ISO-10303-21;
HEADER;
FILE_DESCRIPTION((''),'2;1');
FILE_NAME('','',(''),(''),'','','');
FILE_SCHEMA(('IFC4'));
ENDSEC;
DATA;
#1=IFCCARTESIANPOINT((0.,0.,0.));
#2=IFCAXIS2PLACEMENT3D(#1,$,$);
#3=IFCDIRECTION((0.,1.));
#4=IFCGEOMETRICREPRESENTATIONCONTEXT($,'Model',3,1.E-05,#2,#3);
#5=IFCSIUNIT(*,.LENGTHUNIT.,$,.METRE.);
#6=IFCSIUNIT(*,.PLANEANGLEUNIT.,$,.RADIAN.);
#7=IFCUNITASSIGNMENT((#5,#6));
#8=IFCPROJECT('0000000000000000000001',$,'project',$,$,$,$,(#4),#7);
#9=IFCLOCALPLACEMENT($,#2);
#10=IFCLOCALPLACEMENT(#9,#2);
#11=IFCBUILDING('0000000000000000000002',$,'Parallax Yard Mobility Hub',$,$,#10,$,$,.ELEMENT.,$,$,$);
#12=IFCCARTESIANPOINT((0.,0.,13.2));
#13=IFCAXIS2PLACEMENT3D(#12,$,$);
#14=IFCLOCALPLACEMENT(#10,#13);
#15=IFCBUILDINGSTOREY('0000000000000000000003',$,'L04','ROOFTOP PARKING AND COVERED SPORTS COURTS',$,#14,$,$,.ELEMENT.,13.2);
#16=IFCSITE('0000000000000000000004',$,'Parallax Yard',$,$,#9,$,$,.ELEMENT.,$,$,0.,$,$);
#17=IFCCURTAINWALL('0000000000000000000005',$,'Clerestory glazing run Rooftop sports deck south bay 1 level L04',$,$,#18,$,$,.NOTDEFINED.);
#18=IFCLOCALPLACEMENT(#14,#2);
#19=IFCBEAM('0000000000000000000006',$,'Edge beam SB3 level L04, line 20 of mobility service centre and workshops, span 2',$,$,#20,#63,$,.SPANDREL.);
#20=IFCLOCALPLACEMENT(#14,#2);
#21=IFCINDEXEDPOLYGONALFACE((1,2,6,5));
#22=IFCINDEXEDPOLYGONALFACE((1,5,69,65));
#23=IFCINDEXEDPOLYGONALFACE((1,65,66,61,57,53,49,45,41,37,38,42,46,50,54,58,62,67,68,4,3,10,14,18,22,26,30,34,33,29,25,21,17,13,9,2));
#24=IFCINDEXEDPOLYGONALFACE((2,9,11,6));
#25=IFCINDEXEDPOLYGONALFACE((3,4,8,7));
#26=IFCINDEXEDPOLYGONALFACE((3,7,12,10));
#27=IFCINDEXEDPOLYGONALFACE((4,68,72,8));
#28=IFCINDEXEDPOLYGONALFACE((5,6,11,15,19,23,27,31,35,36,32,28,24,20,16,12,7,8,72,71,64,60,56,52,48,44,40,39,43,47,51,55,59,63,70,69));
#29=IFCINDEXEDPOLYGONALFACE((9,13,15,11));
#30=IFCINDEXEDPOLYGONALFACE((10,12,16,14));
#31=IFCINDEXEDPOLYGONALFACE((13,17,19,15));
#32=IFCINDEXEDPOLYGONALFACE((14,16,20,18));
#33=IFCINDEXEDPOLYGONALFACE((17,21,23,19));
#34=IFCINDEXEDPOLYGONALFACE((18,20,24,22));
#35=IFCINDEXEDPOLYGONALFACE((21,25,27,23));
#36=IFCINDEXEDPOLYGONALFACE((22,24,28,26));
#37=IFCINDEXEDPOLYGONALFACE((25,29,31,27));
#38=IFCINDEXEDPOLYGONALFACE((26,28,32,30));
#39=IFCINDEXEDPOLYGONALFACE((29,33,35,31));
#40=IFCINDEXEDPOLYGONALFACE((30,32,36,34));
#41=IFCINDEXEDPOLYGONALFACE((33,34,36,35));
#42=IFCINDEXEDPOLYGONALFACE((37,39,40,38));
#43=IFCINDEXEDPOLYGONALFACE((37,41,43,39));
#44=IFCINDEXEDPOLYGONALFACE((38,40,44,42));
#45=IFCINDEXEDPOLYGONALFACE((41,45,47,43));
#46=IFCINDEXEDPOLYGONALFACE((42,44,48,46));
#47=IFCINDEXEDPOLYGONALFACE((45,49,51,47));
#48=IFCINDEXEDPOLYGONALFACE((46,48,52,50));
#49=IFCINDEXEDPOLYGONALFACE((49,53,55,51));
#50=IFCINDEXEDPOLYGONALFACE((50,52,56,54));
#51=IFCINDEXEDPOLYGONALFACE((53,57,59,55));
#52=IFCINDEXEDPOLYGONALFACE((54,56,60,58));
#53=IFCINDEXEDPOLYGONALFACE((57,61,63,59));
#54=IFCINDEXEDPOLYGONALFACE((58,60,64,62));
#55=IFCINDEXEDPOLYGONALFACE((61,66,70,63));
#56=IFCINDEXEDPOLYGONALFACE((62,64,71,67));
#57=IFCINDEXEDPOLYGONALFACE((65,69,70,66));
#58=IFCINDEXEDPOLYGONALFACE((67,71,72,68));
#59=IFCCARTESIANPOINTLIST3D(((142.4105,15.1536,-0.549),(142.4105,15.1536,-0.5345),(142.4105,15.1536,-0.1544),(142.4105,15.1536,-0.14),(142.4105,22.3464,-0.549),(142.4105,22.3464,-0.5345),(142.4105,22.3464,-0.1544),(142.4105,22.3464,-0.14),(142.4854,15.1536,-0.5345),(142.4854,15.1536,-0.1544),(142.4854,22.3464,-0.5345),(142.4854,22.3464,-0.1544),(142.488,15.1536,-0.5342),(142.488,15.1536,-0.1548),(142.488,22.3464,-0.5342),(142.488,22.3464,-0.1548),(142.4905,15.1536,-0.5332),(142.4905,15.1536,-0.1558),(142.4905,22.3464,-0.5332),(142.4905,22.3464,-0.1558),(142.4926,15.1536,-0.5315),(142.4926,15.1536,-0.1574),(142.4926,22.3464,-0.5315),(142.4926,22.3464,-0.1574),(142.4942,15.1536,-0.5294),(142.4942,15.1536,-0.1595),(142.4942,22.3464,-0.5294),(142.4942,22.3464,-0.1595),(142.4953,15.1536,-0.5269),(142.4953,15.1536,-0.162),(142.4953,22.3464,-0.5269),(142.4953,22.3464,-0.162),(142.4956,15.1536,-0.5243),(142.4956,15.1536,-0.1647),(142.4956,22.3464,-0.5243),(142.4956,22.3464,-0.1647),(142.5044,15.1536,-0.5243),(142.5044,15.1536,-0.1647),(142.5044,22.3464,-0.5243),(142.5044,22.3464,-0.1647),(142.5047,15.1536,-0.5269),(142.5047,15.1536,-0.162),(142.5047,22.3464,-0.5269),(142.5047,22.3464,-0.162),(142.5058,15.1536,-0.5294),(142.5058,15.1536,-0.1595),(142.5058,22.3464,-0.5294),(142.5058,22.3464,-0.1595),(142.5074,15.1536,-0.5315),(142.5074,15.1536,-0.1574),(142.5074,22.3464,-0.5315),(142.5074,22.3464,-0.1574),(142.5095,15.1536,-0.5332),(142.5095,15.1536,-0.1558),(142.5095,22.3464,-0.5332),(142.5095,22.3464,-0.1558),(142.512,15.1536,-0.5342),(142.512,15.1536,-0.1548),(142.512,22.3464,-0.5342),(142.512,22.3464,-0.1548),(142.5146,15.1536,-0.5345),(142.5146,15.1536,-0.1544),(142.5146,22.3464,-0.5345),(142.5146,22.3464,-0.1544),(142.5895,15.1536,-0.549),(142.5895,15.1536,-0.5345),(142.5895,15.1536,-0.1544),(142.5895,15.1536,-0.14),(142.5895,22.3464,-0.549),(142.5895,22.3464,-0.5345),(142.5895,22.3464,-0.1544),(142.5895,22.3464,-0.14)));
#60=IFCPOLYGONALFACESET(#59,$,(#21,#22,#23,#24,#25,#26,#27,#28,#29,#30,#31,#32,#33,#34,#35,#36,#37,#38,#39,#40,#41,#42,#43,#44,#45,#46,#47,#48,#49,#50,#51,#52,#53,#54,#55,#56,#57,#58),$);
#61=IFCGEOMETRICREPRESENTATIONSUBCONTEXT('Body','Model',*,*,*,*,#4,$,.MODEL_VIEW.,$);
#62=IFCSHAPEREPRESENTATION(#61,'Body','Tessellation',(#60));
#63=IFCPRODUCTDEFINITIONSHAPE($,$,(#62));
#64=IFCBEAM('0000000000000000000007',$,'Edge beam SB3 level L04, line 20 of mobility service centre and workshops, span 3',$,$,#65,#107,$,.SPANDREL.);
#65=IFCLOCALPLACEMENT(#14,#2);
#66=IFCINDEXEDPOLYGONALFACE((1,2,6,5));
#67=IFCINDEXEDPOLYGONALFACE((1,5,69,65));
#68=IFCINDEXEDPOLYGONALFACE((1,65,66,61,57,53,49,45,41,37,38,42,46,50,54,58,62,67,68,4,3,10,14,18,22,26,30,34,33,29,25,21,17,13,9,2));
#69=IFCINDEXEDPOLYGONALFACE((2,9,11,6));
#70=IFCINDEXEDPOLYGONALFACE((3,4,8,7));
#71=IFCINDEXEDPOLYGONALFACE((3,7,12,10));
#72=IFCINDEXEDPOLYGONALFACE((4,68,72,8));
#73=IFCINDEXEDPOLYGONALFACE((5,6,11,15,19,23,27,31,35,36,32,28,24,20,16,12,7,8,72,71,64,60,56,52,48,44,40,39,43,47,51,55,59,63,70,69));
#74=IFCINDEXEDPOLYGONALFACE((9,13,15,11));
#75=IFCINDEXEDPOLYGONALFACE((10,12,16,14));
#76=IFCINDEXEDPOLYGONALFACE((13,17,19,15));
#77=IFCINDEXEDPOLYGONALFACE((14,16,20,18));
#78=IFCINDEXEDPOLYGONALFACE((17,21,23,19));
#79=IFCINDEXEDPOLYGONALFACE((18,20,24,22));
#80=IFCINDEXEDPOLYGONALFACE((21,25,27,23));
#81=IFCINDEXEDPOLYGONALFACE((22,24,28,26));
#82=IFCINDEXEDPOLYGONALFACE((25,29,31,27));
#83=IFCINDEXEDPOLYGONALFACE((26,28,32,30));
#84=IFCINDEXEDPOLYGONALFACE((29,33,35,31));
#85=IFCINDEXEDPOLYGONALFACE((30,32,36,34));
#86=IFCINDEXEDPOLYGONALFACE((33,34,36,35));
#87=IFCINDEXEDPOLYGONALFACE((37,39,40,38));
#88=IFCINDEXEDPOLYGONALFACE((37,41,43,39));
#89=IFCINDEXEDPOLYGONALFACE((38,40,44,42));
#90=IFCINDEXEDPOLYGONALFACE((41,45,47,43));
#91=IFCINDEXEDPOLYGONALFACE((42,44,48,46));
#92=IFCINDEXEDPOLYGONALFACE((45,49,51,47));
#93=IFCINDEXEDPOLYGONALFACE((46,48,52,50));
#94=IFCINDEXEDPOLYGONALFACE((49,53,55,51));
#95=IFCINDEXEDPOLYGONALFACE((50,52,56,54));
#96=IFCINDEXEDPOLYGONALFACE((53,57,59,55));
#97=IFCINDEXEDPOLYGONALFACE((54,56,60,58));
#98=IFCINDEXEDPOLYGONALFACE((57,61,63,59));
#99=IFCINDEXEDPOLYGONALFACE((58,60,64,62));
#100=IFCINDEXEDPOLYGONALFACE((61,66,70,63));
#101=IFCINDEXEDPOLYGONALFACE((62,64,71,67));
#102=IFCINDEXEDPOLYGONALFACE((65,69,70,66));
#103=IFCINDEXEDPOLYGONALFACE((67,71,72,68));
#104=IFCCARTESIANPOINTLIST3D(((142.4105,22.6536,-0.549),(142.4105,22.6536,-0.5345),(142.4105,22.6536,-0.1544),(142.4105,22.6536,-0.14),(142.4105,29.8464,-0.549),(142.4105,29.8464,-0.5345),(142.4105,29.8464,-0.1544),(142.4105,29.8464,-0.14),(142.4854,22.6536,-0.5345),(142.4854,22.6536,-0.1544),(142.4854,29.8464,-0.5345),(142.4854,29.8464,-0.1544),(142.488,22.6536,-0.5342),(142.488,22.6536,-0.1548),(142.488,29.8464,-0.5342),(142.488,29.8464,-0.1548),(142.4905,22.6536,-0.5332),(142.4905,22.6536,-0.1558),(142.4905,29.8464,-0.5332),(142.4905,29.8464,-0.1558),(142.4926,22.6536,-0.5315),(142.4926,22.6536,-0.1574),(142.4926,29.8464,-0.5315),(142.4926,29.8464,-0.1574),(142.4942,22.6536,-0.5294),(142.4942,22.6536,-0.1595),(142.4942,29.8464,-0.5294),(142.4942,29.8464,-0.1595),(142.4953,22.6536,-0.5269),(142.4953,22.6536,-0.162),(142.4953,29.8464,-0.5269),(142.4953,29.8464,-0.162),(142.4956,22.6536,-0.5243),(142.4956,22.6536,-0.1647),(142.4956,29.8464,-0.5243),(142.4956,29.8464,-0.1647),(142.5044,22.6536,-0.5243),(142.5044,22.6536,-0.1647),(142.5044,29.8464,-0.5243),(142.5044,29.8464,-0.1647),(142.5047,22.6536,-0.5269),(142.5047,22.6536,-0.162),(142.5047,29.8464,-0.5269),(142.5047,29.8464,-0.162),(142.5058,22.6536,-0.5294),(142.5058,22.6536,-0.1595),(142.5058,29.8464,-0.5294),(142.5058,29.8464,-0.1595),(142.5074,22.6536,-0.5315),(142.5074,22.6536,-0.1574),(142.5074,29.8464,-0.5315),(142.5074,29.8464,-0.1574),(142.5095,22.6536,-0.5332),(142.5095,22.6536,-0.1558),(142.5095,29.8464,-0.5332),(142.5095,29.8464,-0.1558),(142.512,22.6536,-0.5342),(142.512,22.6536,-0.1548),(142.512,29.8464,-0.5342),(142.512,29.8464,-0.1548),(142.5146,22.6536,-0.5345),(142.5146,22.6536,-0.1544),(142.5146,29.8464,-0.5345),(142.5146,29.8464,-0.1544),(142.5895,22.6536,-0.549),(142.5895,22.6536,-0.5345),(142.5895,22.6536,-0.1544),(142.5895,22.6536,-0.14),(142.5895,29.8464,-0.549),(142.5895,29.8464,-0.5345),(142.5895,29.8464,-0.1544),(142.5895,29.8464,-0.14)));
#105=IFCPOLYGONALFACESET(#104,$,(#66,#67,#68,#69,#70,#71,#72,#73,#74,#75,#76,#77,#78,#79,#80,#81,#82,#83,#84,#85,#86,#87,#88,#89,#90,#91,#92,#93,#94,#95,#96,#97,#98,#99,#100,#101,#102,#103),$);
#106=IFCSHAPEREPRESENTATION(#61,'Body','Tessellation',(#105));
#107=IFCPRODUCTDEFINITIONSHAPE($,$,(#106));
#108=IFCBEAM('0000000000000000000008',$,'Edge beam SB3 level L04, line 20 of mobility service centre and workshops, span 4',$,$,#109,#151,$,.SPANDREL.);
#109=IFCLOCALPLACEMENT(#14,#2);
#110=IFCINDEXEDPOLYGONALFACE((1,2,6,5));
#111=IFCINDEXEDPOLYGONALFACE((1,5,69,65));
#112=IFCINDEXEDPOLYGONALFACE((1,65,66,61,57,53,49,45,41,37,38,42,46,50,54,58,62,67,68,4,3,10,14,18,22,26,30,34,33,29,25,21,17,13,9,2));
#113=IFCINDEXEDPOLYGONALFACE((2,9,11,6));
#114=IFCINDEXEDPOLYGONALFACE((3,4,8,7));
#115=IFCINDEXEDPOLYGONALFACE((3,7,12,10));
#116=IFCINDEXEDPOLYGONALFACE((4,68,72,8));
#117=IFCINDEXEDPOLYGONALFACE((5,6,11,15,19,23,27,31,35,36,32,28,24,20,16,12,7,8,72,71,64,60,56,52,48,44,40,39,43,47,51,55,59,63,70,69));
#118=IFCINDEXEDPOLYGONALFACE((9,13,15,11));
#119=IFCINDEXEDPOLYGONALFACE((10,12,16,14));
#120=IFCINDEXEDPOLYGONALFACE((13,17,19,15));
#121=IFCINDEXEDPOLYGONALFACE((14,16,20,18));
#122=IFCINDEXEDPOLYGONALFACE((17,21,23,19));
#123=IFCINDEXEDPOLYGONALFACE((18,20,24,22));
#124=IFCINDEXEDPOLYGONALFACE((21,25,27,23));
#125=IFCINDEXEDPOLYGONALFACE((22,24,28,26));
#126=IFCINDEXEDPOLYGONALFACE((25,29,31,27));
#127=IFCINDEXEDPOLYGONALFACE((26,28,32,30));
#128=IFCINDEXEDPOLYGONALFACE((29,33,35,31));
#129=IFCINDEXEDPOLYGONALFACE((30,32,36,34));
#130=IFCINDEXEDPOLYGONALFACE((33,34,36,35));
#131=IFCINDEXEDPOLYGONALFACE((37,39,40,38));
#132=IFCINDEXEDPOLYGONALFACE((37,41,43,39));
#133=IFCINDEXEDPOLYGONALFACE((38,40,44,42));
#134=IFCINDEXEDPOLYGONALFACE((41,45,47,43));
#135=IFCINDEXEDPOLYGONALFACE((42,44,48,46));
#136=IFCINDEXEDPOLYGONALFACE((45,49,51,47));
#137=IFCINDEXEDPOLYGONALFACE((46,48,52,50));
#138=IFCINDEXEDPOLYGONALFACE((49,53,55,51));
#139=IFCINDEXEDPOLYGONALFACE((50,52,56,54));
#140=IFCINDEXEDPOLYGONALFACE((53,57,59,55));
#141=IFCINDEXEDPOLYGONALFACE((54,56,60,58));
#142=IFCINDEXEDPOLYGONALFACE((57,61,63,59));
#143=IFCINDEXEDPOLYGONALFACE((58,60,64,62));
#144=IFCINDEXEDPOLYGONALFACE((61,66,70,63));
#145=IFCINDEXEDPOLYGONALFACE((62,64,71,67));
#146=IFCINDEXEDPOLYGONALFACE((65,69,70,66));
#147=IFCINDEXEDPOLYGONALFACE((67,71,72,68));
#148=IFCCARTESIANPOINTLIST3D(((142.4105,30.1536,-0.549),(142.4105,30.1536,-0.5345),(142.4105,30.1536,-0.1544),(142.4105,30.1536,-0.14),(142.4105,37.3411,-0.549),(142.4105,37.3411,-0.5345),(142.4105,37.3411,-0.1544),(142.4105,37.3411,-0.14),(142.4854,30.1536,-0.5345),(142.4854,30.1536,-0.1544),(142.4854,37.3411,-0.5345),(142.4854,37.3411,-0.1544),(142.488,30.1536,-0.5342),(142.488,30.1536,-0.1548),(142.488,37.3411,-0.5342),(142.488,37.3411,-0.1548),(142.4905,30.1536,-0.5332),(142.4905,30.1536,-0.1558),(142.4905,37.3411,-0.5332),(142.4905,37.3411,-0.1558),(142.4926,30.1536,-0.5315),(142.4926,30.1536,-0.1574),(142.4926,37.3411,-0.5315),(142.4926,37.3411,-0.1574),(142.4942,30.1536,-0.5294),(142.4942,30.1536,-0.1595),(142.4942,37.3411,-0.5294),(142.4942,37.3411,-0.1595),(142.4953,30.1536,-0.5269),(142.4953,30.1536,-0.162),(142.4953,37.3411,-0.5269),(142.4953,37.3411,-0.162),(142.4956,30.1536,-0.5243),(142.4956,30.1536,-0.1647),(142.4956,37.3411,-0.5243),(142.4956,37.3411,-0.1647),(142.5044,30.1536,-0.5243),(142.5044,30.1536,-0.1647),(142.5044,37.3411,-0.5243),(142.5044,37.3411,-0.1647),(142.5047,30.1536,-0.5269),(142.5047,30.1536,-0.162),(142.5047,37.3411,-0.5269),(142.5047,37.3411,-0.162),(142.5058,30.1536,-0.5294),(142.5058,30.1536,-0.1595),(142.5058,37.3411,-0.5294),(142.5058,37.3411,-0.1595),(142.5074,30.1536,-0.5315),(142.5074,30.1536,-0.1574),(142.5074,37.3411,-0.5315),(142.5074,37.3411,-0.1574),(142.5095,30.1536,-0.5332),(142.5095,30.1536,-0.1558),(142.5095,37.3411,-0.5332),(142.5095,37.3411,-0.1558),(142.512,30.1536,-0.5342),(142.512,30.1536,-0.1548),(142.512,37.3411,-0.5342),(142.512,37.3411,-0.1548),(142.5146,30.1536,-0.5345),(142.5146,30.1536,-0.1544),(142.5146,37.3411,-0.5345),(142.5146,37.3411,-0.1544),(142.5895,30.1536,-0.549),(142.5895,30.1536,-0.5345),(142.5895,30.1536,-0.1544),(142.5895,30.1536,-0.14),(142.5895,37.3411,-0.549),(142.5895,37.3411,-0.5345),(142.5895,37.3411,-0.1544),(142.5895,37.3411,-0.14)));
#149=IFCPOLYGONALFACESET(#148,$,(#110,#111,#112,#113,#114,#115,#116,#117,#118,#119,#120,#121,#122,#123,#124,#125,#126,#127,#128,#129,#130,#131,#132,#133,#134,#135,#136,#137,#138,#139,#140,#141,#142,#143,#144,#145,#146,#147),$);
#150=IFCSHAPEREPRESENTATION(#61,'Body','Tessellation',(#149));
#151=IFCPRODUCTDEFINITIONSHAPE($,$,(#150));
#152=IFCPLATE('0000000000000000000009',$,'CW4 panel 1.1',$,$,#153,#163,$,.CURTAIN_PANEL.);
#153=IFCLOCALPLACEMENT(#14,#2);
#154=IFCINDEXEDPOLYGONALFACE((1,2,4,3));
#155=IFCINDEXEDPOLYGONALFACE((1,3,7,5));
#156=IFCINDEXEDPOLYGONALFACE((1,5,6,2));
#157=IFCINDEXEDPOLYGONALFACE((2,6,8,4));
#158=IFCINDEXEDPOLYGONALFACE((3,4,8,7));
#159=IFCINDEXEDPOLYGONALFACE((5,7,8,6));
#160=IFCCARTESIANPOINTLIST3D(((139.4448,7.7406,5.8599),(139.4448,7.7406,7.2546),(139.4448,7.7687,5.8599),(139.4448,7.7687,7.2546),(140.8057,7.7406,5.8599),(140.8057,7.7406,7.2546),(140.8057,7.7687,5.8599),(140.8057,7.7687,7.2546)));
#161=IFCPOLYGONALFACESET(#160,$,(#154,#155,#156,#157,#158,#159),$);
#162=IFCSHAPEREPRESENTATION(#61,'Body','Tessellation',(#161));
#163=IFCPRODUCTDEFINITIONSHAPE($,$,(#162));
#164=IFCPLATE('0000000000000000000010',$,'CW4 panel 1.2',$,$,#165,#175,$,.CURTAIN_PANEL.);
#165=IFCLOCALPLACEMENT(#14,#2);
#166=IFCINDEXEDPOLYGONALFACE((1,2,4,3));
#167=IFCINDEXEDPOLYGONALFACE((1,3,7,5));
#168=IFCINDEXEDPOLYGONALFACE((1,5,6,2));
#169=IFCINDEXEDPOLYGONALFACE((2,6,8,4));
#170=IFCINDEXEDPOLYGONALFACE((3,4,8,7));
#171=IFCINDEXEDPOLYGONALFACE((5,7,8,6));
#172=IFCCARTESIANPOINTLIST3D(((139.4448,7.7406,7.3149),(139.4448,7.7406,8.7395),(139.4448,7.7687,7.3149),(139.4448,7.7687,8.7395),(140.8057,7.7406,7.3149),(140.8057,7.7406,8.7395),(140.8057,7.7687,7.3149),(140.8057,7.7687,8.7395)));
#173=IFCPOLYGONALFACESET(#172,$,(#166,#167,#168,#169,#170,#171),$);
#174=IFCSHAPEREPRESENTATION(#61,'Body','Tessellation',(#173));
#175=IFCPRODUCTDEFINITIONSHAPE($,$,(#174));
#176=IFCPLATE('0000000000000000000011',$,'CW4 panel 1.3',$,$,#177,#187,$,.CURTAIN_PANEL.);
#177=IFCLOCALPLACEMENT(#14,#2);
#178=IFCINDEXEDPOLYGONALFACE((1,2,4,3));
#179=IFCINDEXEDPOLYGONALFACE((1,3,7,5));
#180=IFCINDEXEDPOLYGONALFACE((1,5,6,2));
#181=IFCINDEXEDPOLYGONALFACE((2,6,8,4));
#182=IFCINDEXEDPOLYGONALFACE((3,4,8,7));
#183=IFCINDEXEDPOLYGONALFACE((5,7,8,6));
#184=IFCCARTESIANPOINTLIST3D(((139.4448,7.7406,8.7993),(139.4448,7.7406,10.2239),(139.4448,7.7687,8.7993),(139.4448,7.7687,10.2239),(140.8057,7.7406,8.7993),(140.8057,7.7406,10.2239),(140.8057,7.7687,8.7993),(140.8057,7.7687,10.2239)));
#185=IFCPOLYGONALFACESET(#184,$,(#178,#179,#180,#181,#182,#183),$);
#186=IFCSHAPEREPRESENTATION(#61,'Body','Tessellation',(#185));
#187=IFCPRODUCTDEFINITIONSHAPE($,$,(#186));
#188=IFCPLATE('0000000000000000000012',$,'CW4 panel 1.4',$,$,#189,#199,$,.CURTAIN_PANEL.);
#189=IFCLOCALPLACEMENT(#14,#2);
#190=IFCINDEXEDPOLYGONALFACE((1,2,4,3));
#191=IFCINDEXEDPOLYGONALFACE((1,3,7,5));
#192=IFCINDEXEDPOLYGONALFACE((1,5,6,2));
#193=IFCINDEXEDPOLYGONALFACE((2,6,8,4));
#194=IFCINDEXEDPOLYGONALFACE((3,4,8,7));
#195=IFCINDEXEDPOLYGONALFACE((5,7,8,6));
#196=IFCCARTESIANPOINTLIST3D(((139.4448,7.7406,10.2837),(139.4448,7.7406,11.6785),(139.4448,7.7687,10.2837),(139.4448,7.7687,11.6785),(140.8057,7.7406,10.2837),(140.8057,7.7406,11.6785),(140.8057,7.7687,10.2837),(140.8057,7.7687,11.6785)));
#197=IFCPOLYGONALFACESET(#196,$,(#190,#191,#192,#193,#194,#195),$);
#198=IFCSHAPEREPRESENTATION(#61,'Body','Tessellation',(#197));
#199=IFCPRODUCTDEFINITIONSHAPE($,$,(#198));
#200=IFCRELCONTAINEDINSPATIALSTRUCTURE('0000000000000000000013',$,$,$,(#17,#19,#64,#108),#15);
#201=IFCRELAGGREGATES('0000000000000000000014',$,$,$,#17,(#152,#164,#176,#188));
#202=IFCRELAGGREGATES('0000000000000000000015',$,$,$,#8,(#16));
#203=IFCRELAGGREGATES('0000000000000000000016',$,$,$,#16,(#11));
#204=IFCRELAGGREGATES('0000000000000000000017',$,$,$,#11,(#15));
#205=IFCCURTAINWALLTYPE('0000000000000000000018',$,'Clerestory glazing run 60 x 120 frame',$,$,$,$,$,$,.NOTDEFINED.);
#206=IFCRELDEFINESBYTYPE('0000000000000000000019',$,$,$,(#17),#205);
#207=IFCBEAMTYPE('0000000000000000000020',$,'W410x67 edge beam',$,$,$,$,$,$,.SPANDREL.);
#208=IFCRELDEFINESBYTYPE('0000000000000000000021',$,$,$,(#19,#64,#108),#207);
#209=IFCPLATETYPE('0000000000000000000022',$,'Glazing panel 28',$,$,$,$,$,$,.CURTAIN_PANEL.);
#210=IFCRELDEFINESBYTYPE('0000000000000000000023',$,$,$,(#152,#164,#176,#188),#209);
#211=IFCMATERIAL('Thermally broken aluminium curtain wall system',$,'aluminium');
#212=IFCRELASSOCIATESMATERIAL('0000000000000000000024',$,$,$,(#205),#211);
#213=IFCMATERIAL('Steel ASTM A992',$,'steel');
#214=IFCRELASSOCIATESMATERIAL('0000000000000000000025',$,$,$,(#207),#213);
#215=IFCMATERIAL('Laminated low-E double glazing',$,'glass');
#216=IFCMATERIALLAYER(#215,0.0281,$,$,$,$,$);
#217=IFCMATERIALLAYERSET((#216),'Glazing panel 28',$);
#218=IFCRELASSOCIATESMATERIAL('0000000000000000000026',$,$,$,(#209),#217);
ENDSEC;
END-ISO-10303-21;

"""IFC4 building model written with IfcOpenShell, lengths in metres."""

from ifc_helpers import new_model, si_unit, direction, frame, origin, origin_2d, place, context, subcontext, project, spatial, rectangle, i_section, extrude, material, layer, layer_set, material_profile, profile_set, type_object, element, aggregate, save


model = new_model("IFC4")

# Units and contexts
model_context = context("Model", 3, precision=1e-05, world=origin(), true_north=direction((0.0, 1.0)))
body_context = subcontext(model_context, "Body", "Model", "MODEL_VIEW")
ifc_project = project(units=[si_unit("LENGTHUNIT", "METRE"), si_unit("PLANEANGLEUNIT", "RADIAN")], contexts=[model_context])

# Site, building, storey
site_placement = place(None, origin())
site = spatial("IfcSite", under=ifc_project, at=site_placement, Name="Parallax Yard", CompositionType="ELEMENT", RefElevation=0.0)
building_placement = place(site_placement, origin())
building = spatial("IfcBuilding", under=site, at=building_placement, Name="Parallax Yard Mobility Hub", CompositionType="ELEMENT")
storey_placement = place(building_placement, frame((0.0, 0.0, 13.2)))
storey = spatial("IfcBuildingStorey", under=building, at=storey_placement, Name="L04", Description="ROOFTOP PARKING AND COVERED SPORTS COURTS", CompositionType="ELEMENT", Elevation=13.2)

# Shared definitions
ifc_material_1 = material(Name="Steel ASTM A992", Category="steel")

# Curtain wall
ifc_material_2 = material(Name="Thermally broken aluminium curtain wall system", Category="aluminium")
curtain_wall_type = type_object("IfcCurtainWallType", Name="Clerestory glazing run 60 x 120 frame", PredefinedType="NOTDEFINED", material=ifc_material_2)
curtain_wall_1_placement = place(storey_placement, origin())
curtain_wall_1 = element("IfcCurtainWall", 1, at=curtain_wall_1_placement, inside=storey, type_object=curtain_wall_type, Name="Clerestory glazing run Rooftop sports deck south bay 1 level L04", PredefinedType="NOTDEFINED")

# Beams
ifc_material_profile_1 = material_profile(ifc_material_1, i_section(OverallWidth=0.179, OverallDepth=0.4089, WebThickness=0.0088, FlangeThickness=0.0144, FilletRadius=0.0103, at=origin_2d()), Name="W410x67")
ifc_profile_set_1 = profile_set([ifc_material_profile_1], Name="Steel ASTM A992")
beam_type_1 = type_object("IfcBeamType", Name="W410x67 edge beam", PredefinedType="SPANDREL", material=ifc_profile_set_1)
for number, where, z_axis, x_axis, name in (
    (2, (142.5, 15.1536, -0.3445), (0.0, 1.0, 0.0), (-1.0, 0.0, 0.0), "Edge beam SB3 level L04, line 20 of mobility service centre and workshops, span 2"),
    (3, (142.5, 22.6536, -0.3445), (0.0, 1.0, 0.0), (-1.0, 0.0, 0.0), "Edge beam SB3 level L04, line 20 of mobility service centre and workshops, span 3"),
):
    element("IfcBeam", number, at=place(storey_placement, frame(where, z_axis=z_axis, x_axis=x_axis)), inside=storey, type_object=beam_type_1, Name=name, PredefinedType="SPANDREL", context=body_context, shape_type="SweptSolid", body=[
        extrude(i_section(OverallWidth=0.179, OverallDepth=0.4089, WebThickness=0.0088, FlangeThickness=0.0144, FilletRadius=0.0103, at=origin_2d()), origin(), (0.0, 0.0, 1.0), 7.1929),
    ])
beam_1_placement = place(storey_placement, frame((142.5, 30.1536, -0.3445), z_axis=(0.0, 1.0, 0.0), x_axis=(-1.0, 0.0, 0.0)))
element("IfcBeam", 4, at=beam_1_placement, inside=storey, type_object=beam_type_1, Name="Edge beam SB3 level L04, line 20 of mobility service centre and workshops, span 4", PredefinedType="SPANDREL", context=body_context, shape_type="SweptSolid", body=[
    extrude(i_section(OverallWidth=0.179, OverallDepth=0.4089, WebThickness=0.0088, FlangeThickness=0.0144, FilletRadius=0.0103, at=origin_2d()), origin(), (0.0, 0.0, 1.0), 7.1875),
])

# Plates
ifc_material_3 = material(Name="Laminated low-E double glazing", Category="glass")
ifc_layer_1 = layer(ifc_material_3, 0.0281)
ifc_layer_set_1 = layer_set([ifc_layer_1], Name="Glazing panel 28")
plate_type = type_object("IfcPlateType", Name="Glazing panel 28", PredefinedType="CURTAIN_PANEL", material=ifc_layer_set_1)
plate_1_placement = place(storey_placement, frame((140.1252, 7.7546, 5.8599), z_axis=(0.0, 0.0, 1.0), x_axis=(1.0, 0.0, 0.0)))
plate_1 = element("IfcPlate", 5, at=plate_1_placement, type_object=plate_type, Name="CW4 panel 1.1", PredefinedType="CURTAIN_PANEL", context=body_context, shape_type="SweptSolid", body=[
    extrude(rectangle(XDim=1.3608, YDim=0.0281, at=origin_2d()), origin(), (0.0, 0.0, 1.0), 1.3948),
])
plate_2_placement = place(storey_placement, frame((140.1252, 7.7546, 7.3149), z_axis=(0.0, 0.0, 1.0), x_axis=(1.0, 0.0, 0.0)))
plate_2 = element("IfcPlate", 6, at=plate_2_placement, type_object=plate_type, Name="CW4 panel 1.2", PredefinedType="CURTAIN_PANEL", context=body_context, shape_type="SweptSolid", body=[
    extrude(rectangle(XDim=1.3608, YDim=0.0281, at=origin_2d()), origin(), (0.0, 0.0, 1.0), 1.4246),
])
plate_3_placement = place(storey_placement, frame((140.1252, 7.7546, 8.7993), z_axis=(0.0, 0.0, 1.0), x_axis=(1.0, 0.0, 0.0)))
plate_3 = element("IfcPlate", 7, at=plate_3_placement, type_object=plate_type, Name="CW4 panel 1.3", PredefinedType="CURTAIN_PANEL", context=body_context, shape_type="SweptSolid", body=[
    extrude(rectangle(XDim=1.3608, YDim=0.0281, at=origin_2d()), origin(), (0.0, 0.0, 1.0), 1.4246),
])
plate_4_placement = place(storey_placement, frame((140.1252, 7.7546, 10.2837), z_axis=(0.0, 0.0, 1.0), x_axis=(1.0, 0.0, 0.0)))
plate_4 = element("IfcPlate", 8, at=plate_4_placement, type_object=plate_type, Name="CW4 panel 1.4", PredefinedType="CURTAIN_PANEL", context=body_context, shape_type="SweptSolid", body=[
    extrude(rectangle(XDim=1.3608, YDim=0.0281, at=origin_2d()), origin(), (0.0, 0.0, 1.0), 1.3948),
])
aggregate(curtain_wall_1, [plate_1, plate_2, plate_3, plate_4])

save(model, "model.ifc")
